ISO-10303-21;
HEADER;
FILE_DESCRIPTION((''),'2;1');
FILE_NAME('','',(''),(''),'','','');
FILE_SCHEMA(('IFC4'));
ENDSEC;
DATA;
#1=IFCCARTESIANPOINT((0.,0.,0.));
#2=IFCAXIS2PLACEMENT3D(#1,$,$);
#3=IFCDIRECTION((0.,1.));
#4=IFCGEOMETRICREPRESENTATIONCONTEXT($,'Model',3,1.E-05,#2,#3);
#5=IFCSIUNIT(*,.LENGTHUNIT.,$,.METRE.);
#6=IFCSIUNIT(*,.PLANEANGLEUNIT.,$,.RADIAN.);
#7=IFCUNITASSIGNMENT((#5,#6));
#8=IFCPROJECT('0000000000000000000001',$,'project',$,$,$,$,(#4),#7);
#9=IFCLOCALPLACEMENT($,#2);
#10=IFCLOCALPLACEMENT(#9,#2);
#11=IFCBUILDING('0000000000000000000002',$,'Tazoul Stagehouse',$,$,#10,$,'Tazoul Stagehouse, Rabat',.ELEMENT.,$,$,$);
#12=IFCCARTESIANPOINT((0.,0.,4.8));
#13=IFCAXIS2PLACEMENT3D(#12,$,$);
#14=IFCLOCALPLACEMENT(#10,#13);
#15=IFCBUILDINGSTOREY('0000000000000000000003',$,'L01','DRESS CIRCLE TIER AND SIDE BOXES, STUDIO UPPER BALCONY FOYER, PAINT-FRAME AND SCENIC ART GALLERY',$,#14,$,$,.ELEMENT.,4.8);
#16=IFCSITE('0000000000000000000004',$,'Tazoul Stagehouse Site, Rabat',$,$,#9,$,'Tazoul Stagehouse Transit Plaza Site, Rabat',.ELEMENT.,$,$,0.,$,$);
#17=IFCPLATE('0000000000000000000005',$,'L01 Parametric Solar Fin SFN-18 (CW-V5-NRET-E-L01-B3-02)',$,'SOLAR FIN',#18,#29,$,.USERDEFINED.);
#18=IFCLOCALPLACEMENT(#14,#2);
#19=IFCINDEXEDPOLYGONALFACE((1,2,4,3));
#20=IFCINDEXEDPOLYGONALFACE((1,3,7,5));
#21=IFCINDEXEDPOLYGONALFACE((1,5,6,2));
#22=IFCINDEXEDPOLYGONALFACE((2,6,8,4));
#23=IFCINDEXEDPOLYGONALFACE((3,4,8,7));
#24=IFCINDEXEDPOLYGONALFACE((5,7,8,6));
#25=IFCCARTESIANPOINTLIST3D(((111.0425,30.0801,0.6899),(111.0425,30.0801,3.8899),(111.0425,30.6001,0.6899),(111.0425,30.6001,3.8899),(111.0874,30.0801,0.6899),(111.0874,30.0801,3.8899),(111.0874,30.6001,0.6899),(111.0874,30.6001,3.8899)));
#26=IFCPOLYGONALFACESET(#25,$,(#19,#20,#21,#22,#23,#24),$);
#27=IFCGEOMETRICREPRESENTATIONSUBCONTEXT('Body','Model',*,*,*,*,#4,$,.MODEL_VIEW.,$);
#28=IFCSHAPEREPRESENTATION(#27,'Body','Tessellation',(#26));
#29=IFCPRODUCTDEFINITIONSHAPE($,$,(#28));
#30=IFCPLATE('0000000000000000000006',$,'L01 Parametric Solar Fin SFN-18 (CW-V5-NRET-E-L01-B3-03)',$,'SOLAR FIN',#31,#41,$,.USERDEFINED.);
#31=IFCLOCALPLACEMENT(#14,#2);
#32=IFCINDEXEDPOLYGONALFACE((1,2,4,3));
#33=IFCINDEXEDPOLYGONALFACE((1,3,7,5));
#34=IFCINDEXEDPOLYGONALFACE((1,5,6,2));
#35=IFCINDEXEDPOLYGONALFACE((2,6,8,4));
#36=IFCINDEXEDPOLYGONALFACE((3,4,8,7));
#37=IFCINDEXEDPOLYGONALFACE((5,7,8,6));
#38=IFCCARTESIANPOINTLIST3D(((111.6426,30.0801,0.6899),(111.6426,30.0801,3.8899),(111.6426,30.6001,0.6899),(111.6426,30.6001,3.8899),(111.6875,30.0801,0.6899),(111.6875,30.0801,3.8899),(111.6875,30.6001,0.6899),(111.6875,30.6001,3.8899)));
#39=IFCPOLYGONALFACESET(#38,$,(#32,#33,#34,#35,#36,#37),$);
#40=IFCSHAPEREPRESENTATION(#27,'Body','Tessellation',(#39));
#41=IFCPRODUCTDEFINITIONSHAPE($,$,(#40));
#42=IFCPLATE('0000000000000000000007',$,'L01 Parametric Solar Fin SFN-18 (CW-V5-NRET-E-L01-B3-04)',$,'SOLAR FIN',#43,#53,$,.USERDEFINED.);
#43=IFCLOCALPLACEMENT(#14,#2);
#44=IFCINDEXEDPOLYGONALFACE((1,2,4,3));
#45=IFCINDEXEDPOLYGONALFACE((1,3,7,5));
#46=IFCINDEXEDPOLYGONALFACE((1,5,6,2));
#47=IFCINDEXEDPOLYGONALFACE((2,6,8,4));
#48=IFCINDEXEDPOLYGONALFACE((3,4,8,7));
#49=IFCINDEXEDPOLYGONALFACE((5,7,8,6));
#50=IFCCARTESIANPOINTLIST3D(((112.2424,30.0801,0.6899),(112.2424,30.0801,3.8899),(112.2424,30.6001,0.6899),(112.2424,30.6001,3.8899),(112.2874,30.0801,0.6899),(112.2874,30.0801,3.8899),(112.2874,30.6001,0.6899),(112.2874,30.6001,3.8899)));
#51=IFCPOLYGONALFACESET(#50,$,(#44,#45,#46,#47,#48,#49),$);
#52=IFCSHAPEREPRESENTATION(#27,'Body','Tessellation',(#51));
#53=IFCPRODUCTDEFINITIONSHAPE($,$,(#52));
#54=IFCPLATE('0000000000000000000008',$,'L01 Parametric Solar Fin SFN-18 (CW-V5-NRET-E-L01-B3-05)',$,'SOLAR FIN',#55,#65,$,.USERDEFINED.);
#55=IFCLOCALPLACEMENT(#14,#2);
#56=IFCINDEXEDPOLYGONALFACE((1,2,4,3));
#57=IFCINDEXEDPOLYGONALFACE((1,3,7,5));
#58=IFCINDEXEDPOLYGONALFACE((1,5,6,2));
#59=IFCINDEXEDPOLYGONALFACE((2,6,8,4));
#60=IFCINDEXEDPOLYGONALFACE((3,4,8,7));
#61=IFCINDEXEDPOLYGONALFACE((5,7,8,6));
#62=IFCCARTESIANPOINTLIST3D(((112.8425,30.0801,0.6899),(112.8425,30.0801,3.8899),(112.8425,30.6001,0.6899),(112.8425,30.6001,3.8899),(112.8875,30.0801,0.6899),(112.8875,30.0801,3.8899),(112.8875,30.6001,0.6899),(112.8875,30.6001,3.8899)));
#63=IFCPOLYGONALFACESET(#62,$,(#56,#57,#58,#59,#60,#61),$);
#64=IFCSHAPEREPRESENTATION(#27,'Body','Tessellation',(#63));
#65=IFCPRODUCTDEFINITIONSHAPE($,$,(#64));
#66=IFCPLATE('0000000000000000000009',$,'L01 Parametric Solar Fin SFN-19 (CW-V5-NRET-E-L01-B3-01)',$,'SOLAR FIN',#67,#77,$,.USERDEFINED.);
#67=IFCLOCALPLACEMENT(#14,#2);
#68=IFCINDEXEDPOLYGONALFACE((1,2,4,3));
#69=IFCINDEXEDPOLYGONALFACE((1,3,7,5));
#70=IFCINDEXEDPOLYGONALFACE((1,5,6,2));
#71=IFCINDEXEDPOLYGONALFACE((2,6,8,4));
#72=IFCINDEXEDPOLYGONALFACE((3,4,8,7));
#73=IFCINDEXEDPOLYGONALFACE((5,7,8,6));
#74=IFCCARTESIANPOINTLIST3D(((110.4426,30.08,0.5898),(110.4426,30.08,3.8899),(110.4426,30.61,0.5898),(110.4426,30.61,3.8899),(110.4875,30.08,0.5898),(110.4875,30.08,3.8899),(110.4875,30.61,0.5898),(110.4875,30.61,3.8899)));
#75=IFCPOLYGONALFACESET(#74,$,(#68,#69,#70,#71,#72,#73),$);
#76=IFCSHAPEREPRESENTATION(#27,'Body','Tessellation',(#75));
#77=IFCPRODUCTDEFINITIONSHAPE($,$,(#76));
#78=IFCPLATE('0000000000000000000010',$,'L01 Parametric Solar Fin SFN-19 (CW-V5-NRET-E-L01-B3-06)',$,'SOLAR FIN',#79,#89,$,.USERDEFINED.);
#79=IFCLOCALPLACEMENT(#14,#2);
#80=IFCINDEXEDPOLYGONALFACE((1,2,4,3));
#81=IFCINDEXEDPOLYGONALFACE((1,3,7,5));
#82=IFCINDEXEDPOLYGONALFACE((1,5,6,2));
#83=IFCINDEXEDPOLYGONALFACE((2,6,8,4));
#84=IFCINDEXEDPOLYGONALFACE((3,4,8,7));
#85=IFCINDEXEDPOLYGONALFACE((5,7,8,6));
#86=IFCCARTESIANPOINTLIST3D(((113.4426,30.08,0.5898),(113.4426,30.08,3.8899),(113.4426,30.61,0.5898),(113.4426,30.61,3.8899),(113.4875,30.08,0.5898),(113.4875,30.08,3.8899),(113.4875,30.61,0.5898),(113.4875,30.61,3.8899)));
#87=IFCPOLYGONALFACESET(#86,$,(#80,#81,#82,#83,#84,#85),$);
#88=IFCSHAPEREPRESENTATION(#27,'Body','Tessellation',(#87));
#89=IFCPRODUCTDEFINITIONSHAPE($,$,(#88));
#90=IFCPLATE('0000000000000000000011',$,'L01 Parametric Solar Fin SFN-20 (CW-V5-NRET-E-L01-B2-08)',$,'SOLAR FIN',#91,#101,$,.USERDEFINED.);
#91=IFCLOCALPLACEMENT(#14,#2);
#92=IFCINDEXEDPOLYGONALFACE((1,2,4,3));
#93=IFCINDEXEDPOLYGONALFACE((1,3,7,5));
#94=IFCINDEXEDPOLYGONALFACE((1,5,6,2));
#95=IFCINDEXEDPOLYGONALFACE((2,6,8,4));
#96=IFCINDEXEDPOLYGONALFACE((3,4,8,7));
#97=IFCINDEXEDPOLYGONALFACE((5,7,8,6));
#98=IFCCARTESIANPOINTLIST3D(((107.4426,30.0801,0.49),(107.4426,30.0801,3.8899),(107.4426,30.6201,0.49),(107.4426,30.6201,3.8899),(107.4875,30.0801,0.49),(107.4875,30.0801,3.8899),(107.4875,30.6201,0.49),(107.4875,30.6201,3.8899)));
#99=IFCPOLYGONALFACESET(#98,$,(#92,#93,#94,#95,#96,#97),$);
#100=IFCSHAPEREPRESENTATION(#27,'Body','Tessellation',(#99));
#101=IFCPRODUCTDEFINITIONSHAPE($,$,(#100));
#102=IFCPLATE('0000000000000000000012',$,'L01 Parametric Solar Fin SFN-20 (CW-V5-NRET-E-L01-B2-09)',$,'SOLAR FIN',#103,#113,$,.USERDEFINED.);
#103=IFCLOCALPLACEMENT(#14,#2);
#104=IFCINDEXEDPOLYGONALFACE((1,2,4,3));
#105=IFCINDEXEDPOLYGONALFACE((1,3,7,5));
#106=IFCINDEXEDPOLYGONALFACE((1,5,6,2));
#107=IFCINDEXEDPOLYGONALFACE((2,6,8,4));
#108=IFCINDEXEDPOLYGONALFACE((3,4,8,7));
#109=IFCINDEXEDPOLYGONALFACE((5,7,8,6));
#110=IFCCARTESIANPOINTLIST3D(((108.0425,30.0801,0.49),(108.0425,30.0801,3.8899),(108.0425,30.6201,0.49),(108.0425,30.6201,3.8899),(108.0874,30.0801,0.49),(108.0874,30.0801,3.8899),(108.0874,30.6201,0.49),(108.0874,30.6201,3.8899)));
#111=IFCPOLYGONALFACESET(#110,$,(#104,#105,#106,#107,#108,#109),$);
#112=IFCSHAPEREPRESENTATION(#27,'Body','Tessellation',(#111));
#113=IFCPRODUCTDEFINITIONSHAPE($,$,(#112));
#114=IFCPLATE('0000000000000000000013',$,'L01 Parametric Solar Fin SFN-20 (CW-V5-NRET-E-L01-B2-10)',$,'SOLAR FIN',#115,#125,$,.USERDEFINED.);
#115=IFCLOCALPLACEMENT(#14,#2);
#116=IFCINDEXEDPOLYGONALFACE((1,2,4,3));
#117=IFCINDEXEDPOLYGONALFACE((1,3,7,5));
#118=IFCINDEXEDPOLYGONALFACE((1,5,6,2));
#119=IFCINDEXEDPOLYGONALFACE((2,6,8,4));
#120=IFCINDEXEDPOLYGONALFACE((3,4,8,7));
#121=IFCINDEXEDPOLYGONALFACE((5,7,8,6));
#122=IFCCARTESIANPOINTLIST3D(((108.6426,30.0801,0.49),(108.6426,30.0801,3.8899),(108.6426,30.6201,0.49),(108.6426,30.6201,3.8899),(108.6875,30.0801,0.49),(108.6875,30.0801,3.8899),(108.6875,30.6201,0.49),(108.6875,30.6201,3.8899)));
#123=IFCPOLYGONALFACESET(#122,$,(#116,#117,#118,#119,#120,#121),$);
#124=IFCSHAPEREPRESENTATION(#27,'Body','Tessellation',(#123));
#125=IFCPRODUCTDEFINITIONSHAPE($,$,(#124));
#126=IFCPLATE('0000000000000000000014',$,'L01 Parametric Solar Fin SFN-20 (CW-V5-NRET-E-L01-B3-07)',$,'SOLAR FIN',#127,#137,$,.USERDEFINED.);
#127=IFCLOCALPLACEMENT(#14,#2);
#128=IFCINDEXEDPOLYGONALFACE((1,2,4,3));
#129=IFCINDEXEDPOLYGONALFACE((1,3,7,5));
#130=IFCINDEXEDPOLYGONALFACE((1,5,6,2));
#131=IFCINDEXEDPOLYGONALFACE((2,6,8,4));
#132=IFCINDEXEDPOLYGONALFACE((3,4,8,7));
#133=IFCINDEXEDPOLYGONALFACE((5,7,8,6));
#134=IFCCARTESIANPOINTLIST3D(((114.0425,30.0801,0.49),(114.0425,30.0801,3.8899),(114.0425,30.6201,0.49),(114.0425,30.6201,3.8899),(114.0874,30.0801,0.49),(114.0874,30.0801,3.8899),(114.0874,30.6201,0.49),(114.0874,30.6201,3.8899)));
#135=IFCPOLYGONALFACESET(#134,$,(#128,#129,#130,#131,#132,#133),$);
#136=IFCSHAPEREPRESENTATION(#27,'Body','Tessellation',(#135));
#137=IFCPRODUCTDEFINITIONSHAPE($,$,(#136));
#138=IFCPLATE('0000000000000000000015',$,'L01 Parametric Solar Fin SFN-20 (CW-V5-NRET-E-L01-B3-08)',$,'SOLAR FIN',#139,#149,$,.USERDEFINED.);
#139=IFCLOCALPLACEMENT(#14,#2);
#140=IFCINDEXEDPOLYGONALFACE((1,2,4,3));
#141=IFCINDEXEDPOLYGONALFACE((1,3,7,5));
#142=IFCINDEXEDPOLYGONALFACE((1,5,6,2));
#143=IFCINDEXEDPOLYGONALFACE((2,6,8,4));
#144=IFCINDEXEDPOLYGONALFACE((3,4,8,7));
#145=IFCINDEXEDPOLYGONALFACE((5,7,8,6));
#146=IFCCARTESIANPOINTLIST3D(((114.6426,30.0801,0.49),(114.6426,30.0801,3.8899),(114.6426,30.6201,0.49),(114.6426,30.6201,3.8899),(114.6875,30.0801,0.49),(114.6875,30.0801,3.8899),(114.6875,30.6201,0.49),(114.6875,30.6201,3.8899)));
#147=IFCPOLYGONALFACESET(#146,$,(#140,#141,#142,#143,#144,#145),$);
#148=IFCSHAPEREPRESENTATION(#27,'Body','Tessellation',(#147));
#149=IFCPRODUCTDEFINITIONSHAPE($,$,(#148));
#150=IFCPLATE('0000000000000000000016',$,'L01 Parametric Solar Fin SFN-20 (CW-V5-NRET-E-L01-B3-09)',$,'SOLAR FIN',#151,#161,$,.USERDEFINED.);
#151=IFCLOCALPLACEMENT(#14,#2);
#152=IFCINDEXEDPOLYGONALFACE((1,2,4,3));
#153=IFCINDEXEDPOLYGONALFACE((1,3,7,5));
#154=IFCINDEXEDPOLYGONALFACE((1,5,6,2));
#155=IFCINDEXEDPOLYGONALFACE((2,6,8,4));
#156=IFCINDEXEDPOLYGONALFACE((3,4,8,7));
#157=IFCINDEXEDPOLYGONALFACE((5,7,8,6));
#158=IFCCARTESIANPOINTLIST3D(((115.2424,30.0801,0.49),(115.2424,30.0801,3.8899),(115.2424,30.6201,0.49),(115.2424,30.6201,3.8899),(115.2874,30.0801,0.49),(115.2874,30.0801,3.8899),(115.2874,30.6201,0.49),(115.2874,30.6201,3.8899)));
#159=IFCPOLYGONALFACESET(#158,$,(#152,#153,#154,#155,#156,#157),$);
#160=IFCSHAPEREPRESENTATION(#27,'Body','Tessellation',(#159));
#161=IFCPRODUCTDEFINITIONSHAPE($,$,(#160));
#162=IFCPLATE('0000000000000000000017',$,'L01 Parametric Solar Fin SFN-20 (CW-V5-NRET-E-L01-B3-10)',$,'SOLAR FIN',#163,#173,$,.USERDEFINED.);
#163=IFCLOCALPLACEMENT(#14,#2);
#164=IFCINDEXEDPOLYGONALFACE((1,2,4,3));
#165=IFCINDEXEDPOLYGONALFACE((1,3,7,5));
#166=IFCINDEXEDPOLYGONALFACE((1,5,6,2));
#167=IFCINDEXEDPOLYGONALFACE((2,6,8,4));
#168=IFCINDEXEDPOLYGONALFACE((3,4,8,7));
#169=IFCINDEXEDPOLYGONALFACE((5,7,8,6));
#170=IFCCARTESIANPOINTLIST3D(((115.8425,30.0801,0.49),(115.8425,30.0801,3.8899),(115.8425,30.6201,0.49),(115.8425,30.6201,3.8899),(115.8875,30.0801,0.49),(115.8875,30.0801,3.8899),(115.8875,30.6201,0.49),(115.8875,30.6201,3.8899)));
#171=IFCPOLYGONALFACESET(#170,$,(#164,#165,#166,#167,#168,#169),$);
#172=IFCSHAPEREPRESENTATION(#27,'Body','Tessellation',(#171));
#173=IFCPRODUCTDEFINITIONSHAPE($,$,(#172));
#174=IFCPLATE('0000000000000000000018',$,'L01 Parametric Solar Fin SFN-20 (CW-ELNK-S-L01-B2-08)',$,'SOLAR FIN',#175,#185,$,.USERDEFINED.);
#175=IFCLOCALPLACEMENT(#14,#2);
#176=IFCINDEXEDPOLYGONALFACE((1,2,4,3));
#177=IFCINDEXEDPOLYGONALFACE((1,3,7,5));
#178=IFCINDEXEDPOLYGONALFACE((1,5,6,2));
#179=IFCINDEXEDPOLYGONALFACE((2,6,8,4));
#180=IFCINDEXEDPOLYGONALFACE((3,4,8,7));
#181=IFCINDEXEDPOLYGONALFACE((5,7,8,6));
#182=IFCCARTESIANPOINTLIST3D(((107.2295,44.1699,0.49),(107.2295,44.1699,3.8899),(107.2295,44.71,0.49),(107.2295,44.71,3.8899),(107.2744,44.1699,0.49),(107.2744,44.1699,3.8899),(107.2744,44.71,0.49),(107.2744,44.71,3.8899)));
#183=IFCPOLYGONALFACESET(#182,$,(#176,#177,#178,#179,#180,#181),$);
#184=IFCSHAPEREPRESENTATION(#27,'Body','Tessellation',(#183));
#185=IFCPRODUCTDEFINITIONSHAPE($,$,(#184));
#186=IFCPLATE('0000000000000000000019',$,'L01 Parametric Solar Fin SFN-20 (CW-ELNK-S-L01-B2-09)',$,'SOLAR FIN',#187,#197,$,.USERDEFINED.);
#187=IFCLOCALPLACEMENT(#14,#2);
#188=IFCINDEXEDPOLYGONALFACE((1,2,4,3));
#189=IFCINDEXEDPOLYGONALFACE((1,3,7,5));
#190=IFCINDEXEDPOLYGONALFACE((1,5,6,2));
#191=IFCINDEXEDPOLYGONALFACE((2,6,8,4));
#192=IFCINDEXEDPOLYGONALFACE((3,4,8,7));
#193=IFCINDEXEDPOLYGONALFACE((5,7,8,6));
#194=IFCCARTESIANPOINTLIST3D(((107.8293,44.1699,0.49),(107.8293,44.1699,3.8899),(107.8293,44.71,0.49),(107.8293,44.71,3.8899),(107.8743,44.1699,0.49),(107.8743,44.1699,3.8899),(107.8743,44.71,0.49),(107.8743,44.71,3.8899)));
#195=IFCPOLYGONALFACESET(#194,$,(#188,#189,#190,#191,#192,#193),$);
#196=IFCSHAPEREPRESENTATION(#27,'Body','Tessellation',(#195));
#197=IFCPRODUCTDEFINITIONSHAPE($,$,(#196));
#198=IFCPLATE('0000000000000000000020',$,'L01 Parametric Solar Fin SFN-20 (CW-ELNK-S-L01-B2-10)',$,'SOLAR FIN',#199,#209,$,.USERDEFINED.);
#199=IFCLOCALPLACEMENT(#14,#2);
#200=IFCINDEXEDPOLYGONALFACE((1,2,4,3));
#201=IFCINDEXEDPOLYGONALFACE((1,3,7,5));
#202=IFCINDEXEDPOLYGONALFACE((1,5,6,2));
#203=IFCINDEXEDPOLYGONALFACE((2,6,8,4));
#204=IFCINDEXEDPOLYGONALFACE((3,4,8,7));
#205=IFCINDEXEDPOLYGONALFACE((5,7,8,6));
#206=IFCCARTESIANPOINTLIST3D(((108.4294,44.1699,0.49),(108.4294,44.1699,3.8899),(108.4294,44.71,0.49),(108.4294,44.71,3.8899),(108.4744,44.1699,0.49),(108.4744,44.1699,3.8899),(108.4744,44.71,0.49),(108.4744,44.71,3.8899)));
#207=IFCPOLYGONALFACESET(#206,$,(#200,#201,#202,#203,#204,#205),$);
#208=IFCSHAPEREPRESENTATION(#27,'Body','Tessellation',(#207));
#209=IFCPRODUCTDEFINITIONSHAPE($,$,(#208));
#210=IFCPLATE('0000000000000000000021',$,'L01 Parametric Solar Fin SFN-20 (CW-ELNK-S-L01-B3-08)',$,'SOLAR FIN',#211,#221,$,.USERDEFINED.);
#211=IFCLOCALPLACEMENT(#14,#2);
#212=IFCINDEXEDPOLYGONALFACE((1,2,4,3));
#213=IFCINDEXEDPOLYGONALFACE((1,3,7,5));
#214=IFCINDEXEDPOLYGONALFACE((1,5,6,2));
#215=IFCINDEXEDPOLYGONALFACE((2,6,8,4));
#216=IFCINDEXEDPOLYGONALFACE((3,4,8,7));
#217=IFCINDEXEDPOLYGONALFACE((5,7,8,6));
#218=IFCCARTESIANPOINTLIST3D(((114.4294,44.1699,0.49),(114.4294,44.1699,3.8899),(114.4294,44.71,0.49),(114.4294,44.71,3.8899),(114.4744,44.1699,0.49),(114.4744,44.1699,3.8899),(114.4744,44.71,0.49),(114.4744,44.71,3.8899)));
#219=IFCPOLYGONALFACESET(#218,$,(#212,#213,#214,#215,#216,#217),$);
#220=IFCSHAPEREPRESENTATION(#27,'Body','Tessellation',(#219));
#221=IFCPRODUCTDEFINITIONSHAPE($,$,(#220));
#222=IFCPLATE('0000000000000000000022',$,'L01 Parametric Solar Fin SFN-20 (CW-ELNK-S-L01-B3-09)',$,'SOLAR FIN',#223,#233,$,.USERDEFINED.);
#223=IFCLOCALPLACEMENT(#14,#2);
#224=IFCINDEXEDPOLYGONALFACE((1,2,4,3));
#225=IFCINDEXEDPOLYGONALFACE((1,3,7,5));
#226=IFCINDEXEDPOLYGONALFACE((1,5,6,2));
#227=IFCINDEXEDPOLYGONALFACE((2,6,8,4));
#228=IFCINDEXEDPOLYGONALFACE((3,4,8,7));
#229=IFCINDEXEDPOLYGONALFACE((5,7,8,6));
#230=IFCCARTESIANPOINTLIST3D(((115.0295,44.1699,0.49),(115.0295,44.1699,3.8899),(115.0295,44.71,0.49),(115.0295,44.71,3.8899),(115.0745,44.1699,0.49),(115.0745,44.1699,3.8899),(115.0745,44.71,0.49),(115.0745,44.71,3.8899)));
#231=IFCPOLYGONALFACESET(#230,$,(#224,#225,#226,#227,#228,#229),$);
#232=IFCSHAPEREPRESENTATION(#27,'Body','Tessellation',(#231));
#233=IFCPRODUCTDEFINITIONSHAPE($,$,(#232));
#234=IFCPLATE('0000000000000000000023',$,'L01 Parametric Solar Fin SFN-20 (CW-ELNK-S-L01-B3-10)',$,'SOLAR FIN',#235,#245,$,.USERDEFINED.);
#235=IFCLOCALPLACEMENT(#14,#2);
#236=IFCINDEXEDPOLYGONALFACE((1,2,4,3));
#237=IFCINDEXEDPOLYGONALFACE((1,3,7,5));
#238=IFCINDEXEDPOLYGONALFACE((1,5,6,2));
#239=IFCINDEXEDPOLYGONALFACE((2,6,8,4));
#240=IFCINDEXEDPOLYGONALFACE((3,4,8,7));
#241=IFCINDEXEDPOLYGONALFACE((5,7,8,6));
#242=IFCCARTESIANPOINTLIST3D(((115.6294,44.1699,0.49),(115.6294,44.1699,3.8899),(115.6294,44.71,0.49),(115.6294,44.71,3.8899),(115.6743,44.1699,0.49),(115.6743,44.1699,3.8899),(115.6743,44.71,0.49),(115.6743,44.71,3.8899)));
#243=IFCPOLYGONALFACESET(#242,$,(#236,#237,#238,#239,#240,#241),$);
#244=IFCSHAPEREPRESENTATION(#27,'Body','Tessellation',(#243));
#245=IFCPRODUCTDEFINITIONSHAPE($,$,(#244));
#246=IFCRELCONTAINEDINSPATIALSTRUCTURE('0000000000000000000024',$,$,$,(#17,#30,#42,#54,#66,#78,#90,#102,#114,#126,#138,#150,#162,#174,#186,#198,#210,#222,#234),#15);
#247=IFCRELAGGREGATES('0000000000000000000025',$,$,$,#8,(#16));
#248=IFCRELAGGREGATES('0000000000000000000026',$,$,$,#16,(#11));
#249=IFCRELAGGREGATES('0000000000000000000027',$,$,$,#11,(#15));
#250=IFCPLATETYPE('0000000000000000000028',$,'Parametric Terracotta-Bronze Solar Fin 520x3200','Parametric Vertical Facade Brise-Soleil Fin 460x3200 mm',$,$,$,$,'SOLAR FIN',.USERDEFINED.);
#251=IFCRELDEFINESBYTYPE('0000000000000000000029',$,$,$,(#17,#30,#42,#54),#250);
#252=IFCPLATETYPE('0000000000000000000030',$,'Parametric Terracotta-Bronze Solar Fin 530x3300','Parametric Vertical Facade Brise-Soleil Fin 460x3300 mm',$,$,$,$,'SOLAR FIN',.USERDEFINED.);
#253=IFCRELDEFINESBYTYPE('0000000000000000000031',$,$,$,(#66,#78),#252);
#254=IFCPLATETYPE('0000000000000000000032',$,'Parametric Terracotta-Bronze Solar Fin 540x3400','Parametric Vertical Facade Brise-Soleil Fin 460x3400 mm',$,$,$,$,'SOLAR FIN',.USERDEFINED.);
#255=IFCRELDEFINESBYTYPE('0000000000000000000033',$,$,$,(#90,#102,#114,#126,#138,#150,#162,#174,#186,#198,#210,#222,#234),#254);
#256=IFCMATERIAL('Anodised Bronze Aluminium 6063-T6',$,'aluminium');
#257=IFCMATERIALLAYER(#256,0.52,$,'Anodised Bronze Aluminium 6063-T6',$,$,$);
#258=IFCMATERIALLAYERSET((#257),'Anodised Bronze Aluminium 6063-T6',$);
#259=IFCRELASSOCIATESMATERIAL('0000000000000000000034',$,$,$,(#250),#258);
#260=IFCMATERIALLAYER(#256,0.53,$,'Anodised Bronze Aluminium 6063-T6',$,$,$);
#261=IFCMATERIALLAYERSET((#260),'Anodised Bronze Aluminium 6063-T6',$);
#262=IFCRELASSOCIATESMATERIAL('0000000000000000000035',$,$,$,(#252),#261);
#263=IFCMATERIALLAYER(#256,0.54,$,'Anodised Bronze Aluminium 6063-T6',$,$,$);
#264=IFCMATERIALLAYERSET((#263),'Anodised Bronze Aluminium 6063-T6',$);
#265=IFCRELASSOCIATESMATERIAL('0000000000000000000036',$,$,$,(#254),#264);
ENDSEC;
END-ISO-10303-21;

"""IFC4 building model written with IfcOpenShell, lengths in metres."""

from ifc_helpers import new_model, si_unit, direction, frame, origin, origin_2d, place, context, subcontext, project, spatial, rectangle, extrude, material, layer, layer_set, type_object, element, save


model = new_model("IFC4")

# Units and contexts
model_context = context("Model", 3, precision=1e-05, world=origin(), true_north=direction((0.0, 1.0)))
body_context = subcontext(model_context, "Body", "Model", "MODEL_VIEW")
ifc_project = project(units=[si_unit("LENGTHUNIT", "METRE"), si_unit("PLANEANGLEUNIT", "RADIAN")], contexts=[model_context])

# Site, building, storey
site_placement = place(None, origin())
site = spatial("IfcSite", under=ifc_project, at=site_placement, Name="Tazoul Stagehouse Site, Rabat", LongName="Tazoul Stagehouse Transit Plaza Site, Rabat", CompositionType="ELEMENT", RefElevation=0.0)
building_placement = place(site_placement, origin())
building = spatial("IfcBuilding", under=site, at=building_placement, Name="Tazoul Stagehouse", LongName="Tazoul Stagehouse, Rabat", CompositionType="ELEMENT")
storey_placement = place(building_placement, frame((0.0, 0.0, 4.8)))
storey = spatial("IfcBuildingStorey", under=building, at=storey_placement, Name="L01", Description="DRESS CIRCLE TIER AND SIDE BOXES, STUDIO UPPER BALCONY FOYER, PAINT-FRAME AND SCENIC ART GALLERY", CompositionType="ELEMENT", Elevation=4.8)

# Plates
ifc_material_1 = material(Name="Anodised Bronze Aluminium 6063-T6", Category="aluminium")
ifc_layer_1 = layer(ifc_material_1, 0.52, Name="Anodised Bronze Aluminium 6063-T6")
ifc_layer_set_1 = layer_set([ifc_layer_1], Name="Anodised Bronze Aluminium 6063-T6")
plate_type_1 = type_object("IfcPlateType", Name="Parametric Terracotta-Bronze Solar Fin 520x3200", Description="Parametric Vertical Facade Brise-Soleil Fin 460x3200 mm", ElementType="SOLAR FIN", PredefinedType="USERDEFINED", material=ifc_layer_set_1)
for number, where, z_axis, x_axis, name in (
    (1, (111.0649, 30.3401, 0.6899), (0.0, 0.0, 1.0), (1.0, 0.0, 0.0), "L01 Parametric Solar Fin SFN-18 (CW-V5-NRET-E-L01-B3-02)"),
    (2, (111.665, 30.3401, 0.6899), (0.0, 0.0, 1.0), (1.0, 0.0, 0.0), "L01 Parametric Solar Fin SFN-18 (CW-V5-NRET-E-L01-B3-03)"),
    (3, (112.2649, 30.3401, 0.6899), (0.0, 0.0, 1.0), (1.0, 0.0, 0.0), "L01 Parametric Solar Fin SFN-18 (CW-V5-NRET-E-L01-B3-04)"),
    (4, (112.865, 30.3401, 0.6899), (0.0, 0.0, 1.0), (1.0, 0.0, 0.0), "L01 Parametric Solar Fin SFN-18 (CW-V5-NRET-E-L01-B3-05)"),
):
    element("IfcPlate", number, at=place(storey_placement, frame(where, z_axis=z_axis, x_axis=x_axis)), inside=storey, type_object=plate_type_1, Name=name, ObjectType="SOLAR FIN", PredefinedType="USERDEFINED", context=body_context, shape_type="SweptSolid", body=[
        extrude(rectangle(XDim=0.0449, YDim=0.52, at=origin_2d()), origin(), (0.0, 0.0, 1.0), 3.2),
    ])
ifc_layer_2 = layer(ifc_material_1, 0.53, Name="Anodised Bronze Aluminium 6063-T6")
ifc_layer_set_2 = layer_set([ifc_layer_2], Name="Anodised Bronze Aluminium 6063-T6")
plate_type_2 = type_object("IfcPlateType", Name="Parametric Terracotta-Bronze Solar Fin 530x3300", Description="Parametric Vertical Facade Brise-Soleil Fin 460x3300 mm", ElementType="SOLAR FIN", PredefinedType="USERDEFINED", material=ifc_layer_set_2)
for number, where, z_axis, x_axis, name in (
    (5, (110.4651, 30.345, 0.5898), (0.0, 0.0, 1.0), (1.0, 0.0, 0.0), "L01 Parametric Solar Fin SFN-19 (CW-V5-NRET-E-L01-B3-01)"),
    (6, (113.4651, 30.345, 0.5898), (0.0, 0.0, 1.0), (1.0, 0.0, 0.0), "L01 Parametric Solar Fin SFN-19 (CW-V5-NRET-E-L01-B3-06)"),
):
    element("IfcPlate", number, at=place(storey_placement, frame(where, z_axis=z_axis, x_axis=x_axis)), inside=storey, type_object=plate_type_2, Name=name, ObjectType="SOLAR FIN", PredefinedType="USERDEFINED", context=body_context, shape_type="SweptSolid", body=[
        extrude(rectangle(XDim=0.0449, YDim=0.53, at=origin_2d()), origin(), (0.0, 0.0, 1.0), 3.3),
    ])
ifc_layer_3 = layer(ifc_material_1, 0.54, Name="Anodised Bronze Aluminium 6063-T6")
ifc_layer_set_3 = layer_set([ifc_layer_3], Name="Anodised Bronze Aluminium 6063-T6")
plate_type_3 = type_object("IfcPlateType", Name="Parametric Terracotta-Bronze Solar Fin 540x3400", Description="Parametric Vertical Facade Brise-Soleil Fin 460x3400 mm", ElementType="SOLAR FIN", PredefinedType="USERDEFINED", material=ifc_layer_set_3)
for number, where, z_axis, x_axis, name in (
    (7, (107.4651, 30.3501, 0.49), (0.0, 0.0, 1.0), (1.0, 0.0, 0.0), "L01 Parametric Solar Fin SFN-20 (CW-V5-NRET-E-L01-B2-08)"),
    (8, (108.0649, 30.3501, 0.49), (0.0, 0.0, 1.0), (1.0, 0.0, 0.0), "L01 Parametric Solar Fin SFN-20 (CW-V5-NRET-E-L01-B2-09)"),
    (9, (108.665, 30.3501, 0.49), (0.0, 0.0, 1.0), (1.0, 0.0, 0.0), "L01 Parametric Solar Fin SFN-20 (CW-V5-NRET-E-L01-B2-10)"),
    (10, (114.0649, 30.3501, 0.49), (0.0, 0.0, 1.0), (1.0, 0.0, 0.0), "L01 Parametric Solar Fin SFN-20 (CW-V5-NRET-E-L01-B3-07)"),
    (11, (114.665, 30.3501, 0.49), (0.0, 0.0, 1.0), (1.0, 0.0, 0.0), "L01 Parametric Solar Fin SFN-20 (CW-V5-NRET-E-L01-B3-08)"),
    (12, (115.2649, 30.3501, 0.49), (0.0, 0.0, 1.0), (1.0, 0.0, 0.0), "L01 Parametric Solar Fin SFN-20 (CW-V5-NRET-E-L01-B3-09)"),
    (13, (115.865, 30.3501, 0.49), (0.0, 0.0, 1.0), (1.0, 0.0, 0.0), "L01 Parametric Solar Fin SFN-20 (CW-V5-NRET-E-L01-B3-10)"),
    (14, (107.252, 44.4399, 0.49), (0.0, 0.0, 1.0), (1.0, 0.0, 0.0), "L01 Parametric Solar Fin SFN-20 (CW-ELNK-S-L01-B2-08)"),
    (15, (107.8518, 44.4399, 0.49), (0.0, 0.0, 1.0), (1.0, 0.0, 0.0), "L01 Parametric Solar Fin SFN-20 (CW-ELNK-S-L01-B2-09)"),
    (16, (108.4519, 44.4399, 0.49), (0.0, 0.0, 1.0), (1.0, 0.0, 0.0), "L01 Parametric Solar Fin SFN-20 (CW-ELNK-S-L01-B2-10)"),
    (17, (114.4519, 44.4399, 0.49), (0.0, 0.0, 1.0), (1.0, 0.0, 0.0), "L01 Parametric Solar Fin SFN-20 (CW-ELNK-S-L01-B3-08)"),
    (18, (115.052, 44.4399, 0.49), (0.0, 0.0, 1.0), (1.0, 0.0, 0.0), "L01 Parametric Solar Fin SFN-20 (CW-ELNK-S-L01-B3-09)"),
    (19, (115.6519, 44.4399, 0.49), (0.0, 0.0, 1.0), (1.0, 0.0, 0.0), "L01 Parametric Solar Fin SFN-20 (CW-ELNK-S-L01-B3-10)"),
):
    element("IfcPlate", number, at=place(storey_placement, frame(where, z_axis=z_axis, x_axis=x_axis)), inside=storey, type_object=plate_type_3, Name=name, ObjectType="SOLAR FIN", PredefinedType="USERDEFINED", context=body_context, shape_type="SweptSolid", body=[
        extrude(rectangle(XDim=0.0449, YDim=0.54, at=origin_2d()), origin(), (0.0, 0.0, 1.0), 3.3999),
    ])

save(model, "model.ifc")
